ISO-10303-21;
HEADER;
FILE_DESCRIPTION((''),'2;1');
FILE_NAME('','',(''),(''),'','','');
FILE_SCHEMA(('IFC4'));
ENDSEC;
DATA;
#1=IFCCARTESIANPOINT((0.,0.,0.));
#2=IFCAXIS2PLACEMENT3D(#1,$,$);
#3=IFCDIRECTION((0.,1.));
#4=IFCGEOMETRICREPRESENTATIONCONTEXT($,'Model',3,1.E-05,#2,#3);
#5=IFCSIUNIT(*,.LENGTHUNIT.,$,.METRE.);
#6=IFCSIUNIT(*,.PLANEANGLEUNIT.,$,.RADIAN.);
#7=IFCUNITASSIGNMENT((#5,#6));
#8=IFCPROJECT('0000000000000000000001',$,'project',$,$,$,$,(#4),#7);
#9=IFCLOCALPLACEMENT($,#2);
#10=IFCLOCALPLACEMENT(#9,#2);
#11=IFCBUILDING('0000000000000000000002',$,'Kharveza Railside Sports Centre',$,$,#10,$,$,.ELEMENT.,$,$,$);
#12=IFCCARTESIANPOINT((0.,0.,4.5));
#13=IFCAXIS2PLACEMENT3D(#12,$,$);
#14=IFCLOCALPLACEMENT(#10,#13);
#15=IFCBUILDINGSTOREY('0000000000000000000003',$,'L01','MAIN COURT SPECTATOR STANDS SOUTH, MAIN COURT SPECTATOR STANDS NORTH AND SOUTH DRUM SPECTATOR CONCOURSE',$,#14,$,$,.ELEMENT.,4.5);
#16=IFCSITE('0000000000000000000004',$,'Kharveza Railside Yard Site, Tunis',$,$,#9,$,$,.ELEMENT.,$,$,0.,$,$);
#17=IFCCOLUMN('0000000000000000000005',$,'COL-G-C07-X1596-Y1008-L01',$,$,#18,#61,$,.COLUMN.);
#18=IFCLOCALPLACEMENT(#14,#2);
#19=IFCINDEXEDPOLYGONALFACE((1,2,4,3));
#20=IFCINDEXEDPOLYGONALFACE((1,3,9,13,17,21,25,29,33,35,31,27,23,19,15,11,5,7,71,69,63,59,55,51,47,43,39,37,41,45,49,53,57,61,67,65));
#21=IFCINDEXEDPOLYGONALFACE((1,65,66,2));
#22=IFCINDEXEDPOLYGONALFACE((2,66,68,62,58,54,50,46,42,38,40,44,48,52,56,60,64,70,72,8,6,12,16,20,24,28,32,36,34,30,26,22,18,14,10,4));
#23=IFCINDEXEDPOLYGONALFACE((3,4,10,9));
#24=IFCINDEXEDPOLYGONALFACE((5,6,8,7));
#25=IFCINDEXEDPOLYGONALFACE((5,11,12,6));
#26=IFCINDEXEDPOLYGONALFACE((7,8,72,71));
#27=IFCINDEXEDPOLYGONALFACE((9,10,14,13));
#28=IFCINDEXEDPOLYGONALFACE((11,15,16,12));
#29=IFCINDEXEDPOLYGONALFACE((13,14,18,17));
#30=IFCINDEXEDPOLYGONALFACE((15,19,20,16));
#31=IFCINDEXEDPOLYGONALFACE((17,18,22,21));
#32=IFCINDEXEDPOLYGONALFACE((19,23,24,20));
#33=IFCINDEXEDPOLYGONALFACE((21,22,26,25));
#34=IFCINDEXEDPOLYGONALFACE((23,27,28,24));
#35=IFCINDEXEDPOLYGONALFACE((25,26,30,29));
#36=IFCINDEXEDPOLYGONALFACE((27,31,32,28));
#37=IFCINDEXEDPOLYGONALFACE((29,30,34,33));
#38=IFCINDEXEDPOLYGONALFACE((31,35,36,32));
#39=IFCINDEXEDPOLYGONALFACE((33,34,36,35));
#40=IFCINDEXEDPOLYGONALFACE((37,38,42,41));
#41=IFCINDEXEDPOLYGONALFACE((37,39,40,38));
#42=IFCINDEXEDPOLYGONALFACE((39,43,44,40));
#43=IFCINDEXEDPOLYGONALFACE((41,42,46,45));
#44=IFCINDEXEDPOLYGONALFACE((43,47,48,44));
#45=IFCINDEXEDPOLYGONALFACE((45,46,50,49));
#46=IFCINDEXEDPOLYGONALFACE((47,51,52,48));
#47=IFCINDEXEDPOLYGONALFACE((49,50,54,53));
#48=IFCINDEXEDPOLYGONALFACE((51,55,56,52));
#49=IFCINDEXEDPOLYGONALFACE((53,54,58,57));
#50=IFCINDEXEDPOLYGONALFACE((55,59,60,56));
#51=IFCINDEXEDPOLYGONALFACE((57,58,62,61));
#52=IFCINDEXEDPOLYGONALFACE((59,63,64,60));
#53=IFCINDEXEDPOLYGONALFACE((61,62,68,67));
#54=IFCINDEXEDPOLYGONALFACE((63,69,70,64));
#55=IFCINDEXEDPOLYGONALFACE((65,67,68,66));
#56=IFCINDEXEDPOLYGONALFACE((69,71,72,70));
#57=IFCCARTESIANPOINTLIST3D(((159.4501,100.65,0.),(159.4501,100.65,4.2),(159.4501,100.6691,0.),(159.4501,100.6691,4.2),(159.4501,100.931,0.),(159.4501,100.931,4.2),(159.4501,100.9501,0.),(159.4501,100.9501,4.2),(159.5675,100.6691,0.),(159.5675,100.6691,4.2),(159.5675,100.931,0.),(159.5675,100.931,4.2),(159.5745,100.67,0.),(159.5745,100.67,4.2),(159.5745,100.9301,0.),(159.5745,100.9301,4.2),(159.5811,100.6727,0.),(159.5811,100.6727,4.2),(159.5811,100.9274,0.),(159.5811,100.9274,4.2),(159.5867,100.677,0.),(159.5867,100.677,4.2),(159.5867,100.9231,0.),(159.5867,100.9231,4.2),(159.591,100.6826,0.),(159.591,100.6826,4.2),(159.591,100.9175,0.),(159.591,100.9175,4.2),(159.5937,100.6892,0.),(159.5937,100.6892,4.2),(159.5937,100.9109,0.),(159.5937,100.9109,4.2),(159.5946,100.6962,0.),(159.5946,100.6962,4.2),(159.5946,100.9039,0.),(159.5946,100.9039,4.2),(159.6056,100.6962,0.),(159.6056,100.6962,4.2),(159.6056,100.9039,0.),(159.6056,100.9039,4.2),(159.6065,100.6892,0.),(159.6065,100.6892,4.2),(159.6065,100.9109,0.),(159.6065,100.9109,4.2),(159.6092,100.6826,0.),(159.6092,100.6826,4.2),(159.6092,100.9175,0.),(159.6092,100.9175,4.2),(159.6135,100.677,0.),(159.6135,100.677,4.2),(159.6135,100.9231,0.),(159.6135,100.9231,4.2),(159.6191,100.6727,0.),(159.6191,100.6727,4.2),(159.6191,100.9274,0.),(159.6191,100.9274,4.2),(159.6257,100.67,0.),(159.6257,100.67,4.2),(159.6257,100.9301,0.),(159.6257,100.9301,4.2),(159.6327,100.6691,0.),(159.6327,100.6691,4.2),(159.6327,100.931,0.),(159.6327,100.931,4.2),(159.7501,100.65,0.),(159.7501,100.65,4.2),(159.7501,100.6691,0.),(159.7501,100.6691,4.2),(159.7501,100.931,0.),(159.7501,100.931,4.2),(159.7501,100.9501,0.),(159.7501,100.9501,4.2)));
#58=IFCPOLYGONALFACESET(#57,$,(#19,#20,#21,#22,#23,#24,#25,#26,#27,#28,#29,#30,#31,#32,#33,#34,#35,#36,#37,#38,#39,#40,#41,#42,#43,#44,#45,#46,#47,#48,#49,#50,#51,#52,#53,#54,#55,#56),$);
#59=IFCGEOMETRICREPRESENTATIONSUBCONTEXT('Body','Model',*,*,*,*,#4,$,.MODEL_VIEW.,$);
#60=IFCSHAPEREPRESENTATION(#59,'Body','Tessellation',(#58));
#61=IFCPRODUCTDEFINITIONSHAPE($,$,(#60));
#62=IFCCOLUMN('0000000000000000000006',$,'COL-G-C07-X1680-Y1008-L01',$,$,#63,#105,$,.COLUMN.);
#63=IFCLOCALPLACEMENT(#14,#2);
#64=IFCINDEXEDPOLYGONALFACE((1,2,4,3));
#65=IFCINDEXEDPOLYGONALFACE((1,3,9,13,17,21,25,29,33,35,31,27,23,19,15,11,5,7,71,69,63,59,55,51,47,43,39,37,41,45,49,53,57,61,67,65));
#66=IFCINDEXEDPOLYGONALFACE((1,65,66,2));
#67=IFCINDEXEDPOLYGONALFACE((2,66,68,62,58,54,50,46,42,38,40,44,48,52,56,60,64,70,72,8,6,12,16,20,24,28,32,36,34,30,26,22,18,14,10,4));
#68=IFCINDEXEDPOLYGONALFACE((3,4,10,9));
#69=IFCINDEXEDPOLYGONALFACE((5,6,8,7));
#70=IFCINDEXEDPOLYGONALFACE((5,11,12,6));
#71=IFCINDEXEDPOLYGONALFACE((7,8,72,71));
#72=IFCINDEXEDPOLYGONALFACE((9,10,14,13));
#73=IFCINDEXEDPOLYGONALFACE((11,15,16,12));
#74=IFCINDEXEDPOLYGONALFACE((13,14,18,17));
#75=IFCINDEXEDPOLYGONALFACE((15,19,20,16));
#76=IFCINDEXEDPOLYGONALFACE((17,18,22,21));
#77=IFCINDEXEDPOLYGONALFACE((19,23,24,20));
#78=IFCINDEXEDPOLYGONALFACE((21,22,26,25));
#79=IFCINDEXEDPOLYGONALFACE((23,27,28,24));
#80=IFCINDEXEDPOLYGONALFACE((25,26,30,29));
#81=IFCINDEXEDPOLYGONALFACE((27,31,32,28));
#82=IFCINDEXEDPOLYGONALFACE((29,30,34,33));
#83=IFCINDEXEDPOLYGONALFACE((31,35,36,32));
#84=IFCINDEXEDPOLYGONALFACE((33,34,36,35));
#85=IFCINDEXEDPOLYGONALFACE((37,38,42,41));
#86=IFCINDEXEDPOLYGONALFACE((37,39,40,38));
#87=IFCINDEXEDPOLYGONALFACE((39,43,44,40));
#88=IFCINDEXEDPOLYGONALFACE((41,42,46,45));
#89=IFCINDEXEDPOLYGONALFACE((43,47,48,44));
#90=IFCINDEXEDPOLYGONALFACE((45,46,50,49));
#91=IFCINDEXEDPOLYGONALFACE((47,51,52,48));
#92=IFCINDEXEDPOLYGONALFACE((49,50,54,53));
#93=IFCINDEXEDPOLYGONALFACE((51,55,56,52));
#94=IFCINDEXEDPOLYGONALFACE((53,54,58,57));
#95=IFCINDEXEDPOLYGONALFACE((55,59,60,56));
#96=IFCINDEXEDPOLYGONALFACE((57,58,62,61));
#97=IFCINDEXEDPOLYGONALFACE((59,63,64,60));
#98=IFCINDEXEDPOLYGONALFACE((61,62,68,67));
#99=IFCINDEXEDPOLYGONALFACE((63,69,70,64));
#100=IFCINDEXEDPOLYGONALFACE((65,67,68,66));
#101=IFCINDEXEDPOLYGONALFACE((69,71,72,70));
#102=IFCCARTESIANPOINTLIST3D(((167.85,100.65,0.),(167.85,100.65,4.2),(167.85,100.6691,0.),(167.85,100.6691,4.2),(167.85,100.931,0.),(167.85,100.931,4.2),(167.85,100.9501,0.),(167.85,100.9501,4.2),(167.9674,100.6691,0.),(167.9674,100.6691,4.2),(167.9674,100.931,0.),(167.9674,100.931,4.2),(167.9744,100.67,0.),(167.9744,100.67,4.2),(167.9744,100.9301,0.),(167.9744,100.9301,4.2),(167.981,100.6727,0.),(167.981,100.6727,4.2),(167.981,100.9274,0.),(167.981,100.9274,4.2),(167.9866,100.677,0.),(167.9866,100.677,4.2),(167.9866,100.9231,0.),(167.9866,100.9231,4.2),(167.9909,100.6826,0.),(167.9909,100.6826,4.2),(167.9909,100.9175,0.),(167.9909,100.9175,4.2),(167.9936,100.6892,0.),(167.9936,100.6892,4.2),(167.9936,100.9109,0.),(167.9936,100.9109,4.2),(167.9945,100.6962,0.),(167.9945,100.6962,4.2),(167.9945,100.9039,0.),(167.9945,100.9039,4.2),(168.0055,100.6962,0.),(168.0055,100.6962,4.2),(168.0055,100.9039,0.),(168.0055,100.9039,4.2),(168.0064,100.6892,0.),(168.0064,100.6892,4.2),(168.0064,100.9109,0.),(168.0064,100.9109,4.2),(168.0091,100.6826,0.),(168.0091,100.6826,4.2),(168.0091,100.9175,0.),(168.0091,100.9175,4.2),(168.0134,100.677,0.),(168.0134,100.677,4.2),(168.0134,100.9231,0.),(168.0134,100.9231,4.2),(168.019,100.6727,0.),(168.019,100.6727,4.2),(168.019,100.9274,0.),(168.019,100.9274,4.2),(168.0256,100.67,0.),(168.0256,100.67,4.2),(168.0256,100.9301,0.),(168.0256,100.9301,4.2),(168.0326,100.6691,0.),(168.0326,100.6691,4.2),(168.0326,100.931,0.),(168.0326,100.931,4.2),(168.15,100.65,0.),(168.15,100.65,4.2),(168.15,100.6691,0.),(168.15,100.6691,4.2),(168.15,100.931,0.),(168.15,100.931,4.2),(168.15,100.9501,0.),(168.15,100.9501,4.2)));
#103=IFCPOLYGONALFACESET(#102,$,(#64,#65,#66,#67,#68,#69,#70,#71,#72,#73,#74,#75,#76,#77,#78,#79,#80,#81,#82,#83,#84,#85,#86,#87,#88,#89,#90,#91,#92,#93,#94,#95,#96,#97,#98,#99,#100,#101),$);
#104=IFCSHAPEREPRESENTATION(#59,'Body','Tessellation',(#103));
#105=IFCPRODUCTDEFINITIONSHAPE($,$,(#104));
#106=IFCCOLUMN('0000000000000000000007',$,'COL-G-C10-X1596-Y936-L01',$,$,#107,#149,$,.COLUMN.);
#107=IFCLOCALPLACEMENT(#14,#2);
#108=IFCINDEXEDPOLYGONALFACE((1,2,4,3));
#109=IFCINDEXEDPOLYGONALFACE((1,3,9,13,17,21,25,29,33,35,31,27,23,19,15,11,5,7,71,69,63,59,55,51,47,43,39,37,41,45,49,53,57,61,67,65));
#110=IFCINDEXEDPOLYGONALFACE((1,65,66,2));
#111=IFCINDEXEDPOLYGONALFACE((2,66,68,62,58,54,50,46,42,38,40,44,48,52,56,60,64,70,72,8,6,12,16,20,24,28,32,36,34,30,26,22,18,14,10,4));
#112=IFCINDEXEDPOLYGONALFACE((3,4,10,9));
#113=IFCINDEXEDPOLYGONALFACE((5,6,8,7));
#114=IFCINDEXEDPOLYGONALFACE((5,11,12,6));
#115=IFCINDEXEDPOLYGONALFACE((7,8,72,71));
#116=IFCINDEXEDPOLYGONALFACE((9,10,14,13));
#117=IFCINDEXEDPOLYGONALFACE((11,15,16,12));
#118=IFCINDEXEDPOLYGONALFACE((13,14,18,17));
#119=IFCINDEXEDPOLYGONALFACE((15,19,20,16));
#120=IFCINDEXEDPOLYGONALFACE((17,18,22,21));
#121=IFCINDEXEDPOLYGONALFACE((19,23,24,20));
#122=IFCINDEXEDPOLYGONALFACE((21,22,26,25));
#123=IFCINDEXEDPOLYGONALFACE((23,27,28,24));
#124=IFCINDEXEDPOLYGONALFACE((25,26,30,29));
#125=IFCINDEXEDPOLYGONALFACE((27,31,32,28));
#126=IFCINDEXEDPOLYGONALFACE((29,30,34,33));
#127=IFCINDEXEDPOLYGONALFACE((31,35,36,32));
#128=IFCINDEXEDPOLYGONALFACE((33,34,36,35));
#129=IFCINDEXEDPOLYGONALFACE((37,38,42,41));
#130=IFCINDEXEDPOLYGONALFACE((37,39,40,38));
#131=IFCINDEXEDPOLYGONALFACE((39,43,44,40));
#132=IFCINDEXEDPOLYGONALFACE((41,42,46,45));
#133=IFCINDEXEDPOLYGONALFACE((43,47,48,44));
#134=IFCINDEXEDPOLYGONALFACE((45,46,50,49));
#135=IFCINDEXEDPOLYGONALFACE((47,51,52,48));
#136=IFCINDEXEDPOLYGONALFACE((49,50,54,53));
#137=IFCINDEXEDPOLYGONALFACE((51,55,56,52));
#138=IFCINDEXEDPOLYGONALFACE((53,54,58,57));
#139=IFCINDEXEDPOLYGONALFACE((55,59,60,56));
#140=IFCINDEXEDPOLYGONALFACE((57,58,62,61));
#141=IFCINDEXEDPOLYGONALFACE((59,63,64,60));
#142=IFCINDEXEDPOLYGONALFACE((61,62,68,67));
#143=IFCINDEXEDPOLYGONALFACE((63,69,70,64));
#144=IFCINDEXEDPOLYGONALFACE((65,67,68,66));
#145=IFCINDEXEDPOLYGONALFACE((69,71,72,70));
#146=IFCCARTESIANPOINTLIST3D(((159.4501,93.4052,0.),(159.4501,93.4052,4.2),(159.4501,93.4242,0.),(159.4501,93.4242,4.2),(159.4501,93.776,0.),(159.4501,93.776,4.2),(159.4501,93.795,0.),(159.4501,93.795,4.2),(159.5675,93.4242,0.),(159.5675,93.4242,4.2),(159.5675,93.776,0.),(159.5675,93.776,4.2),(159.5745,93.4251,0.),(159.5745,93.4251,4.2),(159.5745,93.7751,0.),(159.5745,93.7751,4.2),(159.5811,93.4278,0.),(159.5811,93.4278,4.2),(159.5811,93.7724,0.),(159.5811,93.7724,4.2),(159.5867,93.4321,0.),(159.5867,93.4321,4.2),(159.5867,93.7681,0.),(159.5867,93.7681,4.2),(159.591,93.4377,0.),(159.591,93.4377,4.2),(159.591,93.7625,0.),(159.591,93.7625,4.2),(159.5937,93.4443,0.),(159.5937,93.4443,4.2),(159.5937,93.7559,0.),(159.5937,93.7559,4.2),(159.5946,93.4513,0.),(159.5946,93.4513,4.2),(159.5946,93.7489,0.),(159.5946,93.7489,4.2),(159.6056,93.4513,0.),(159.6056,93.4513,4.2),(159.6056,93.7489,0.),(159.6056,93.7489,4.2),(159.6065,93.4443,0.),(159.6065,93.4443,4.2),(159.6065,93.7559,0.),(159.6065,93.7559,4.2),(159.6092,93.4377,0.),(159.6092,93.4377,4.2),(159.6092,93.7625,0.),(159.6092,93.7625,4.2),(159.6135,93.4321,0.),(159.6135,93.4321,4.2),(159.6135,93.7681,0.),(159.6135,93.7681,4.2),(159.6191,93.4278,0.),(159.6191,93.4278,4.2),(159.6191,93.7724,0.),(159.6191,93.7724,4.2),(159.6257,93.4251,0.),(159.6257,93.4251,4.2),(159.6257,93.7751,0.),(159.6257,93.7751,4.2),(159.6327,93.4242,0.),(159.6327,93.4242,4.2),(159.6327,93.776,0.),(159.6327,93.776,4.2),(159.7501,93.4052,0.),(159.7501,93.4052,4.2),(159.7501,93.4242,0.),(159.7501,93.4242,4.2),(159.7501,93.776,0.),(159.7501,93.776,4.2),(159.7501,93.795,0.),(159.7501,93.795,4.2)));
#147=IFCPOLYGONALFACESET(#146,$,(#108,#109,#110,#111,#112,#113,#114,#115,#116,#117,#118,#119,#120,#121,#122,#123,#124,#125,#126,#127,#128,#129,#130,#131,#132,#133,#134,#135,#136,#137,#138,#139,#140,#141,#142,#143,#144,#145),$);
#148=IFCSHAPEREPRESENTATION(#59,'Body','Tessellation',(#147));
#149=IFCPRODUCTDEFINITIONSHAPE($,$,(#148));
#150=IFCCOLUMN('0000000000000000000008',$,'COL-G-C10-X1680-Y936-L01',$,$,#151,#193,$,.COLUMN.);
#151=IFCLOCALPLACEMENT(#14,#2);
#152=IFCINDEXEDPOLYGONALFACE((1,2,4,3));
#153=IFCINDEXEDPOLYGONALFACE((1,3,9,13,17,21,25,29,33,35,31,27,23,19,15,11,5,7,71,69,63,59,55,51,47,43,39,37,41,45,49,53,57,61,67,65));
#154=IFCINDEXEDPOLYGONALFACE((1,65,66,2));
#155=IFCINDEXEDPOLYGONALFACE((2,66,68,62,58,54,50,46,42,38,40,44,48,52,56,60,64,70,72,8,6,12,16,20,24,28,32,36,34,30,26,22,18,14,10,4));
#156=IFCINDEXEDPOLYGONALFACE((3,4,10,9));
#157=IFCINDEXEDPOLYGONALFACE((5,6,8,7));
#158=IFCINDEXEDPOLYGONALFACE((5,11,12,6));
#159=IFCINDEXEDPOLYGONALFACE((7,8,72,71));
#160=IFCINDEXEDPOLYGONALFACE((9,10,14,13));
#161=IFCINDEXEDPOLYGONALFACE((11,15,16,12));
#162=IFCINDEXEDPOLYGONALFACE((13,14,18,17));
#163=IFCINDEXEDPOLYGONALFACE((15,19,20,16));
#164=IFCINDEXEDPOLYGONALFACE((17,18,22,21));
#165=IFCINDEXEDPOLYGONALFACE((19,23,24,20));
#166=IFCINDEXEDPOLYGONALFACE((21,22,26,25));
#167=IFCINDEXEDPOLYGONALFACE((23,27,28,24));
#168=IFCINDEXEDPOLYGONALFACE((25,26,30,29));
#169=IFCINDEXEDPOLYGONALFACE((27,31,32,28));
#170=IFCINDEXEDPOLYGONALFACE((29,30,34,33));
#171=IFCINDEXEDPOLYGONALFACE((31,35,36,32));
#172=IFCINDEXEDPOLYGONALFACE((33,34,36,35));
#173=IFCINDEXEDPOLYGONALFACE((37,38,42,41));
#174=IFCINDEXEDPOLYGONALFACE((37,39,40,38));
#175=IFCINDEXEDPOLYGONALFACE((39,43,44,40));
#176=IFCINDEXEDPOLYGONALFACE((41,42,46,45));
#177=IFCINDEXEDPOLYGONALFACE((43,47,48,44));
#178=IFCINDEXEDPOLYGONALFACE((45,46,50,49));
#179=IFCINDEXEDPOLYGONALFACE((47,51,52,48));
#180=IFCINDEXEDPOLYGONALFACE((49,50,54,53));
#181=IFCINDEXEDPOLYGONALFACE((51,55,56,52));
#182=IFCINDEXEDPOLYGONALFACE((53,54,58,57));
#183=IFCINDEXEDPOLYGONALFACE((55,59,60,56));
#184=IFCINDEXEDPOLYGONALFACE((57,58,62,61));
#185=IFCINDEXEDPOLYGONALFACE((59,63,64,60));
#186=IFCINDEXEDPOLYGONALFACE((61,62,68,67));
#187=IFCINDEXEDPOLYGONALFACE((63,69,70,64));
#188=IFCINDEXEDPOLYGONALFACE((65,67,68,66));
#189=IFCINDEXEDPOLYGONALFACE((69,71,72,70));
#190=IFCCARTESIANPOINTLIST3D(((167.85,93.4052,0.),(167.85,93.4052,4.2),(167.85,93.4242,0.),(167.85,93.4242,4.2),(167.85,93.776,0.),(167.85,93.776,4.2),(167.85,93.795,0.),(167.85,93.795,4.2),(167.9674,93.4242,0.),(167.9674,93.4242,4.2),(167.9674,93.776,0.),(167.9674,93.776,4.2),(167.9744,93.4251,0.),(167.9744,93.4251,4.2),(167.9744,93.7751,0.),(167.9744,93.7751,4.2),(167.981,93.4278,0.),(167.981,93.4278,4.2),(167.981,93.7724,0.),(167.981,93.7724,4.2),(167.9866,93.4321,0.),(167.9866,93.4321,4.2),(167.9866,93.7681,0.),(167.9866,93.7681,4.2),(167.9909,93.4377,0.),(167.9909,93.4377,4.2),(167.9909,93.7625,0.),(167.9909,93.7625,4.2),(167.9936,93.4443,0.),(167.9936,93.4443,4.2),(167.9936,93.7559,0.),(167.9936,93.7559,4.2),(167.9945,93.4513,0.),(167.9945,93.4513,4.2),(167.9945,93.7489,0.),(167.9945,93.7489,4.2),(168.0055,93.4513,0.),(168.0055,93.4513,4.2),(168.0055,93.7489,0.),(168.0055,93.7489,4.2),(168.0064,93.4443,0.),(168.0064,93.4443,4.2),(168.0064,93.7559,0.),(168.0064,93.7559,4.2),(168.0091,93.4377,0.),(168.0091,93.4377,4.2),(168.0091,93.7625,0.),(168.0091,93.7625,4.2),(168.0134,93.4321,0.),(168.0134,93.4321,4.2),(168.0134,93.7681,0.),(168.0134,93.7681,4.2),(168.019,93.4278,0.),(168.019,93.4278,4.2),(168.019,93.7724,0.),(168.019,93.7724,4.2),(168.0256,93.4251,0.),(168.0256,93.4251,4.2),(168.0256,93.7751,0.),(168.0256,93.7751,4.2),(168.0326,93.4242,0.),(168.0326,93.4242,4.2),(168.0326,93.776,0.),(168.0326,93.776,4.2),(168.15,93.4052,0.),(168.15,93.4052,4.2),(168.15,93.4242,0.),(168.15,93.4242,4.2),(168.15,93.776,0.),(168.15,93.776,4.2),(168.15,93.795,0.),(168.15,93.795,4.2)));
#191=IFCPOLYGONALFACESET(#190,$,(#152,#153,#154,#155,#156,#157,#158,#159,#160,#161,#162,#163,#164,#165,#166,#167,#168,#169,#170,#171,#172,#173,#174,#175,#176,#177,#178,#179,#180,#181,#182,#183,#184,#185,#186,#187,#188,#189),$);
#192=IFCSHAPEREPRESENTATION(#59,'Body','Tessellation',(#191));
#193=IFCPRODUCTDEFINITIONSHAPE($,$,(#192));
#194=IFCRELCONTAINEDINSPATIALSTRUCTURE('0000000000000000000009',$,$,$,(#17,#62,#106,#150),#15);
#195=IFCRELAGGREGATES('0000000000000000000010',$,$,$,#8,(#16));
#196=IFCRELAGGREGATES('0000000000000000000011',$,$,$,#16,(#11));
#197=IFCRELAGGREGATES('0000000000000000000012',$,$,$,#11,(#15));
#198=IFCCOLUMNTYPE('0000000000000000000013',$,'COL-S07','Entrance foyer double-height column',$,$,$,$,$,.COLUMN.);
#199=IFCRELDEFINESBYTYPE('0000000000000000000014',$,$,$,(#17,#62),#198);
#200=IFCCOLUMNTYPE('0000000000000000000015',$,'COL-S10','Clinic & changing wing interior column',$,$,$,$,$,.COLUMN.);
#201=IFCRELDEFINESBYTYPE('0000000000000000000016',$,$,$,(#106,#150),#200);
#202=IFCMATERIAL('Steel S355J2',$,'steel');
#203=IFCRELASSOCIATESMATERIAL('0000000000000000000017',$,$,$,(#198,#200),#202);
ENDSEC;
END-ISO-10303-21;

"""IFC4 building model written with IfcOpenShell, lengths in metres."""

from ifc_helpers import new_model, si_unit, direction, frame, origin, origin_2d, place, context, subcontext, project, spatial, i_section, extrude, material, material_profile, profile_set, type_object, element, save


model = new_model("IFC4")

# Units and contexts
model_context = context("Model", 3, precision=1e-05, world=origin(), true_north=direction((0.0, 1.0)))
body_context = subcontext(model_context, "Body", "Model", "MODEL_VIEW")
ifc_project = project(units=[si_unit("LENGTHUNIT", "METRE"), si_unit("PLANEANGLEUNIT", "RADIAN")], contexts=[model_context])

# Site, building, storey
site_placement = place(None, origin())
site = spatial("IfcSite", under=ifc_project, at=site_placement, Name="Kharveza Railside Yard Site, Tunis", CompositionType="ELEMENT", RefElevation=0.0)
building_placement = place(site_placement, origin())
building = spatial("IfcBuilding", under=site, at=building_placement, Name="Kharveza Railside Sports Centre", CompositionType="ELEMENT")
storey_placement = place(building_placement, frame((0.0, 0.0, 4.5)))
storey = spatial("IfcBuildingStorey", under=building, at=storey_placement, Name="L01", Description="MAIN COURT SPECTATOR STANDS SOUTH, MAIN COURT SPECTATOR STANDS NORTH AND SOUTH DRUM SPECTATOR CONCOURSE", CompositionType="ELEMENT", Elevation=4.5)

# Columns
ifc_material_1 = material(Name="Steel S355J2", Category="steel")
ifc_material_profile_1 = material_profile(ifc_material_1, i_section(OverallWidth=0.3, OverallDepth=0.3, WebThickness=0.011, FlangeThickness=0.019, FilletRadius=0.0271, at=origin_2d()), Name="HEB 300")
ifc_profile_set_1 = profile_set([ifc_material_profile_1], Name="Steel S355J2")
column_type_1 = type_object("IfcColumnType", Name="COL-S07", Description="Entrance foyer double-height column", PredefinedType="COLUMN", material=ifc_profile_set_1)
for number, where, z_axis, x_axis, name in (
    (1, (159.6001, 100.8, 0.0), (0.0, 0.0, 1.0), (1.0, 0.0, 0.0), "COL-G-C07-X1596-Y1008-L01"),
    (2, (168.0, 100.8, 0.0), (0.0, 0.0, 1.0), (1.0, 0.0, 0.0), "COL-G-C07-X1680-Y1008-L01"),
):
    element("IfcColumn", number, at=place(storey_placement, frame(where, z_axis=z_axis, x_axis=x_axis)), inside=storey, type_object=column_type_1, Name=name, PredefinedType="COLUMN", context=body_context, shape_type="SweptSolid", body=[
        extrude(i_section(OverallWidth=0.3, OverallDepth=0.3, WebThickness=0.011, FlangeThickness=0.019, FilletRadius=0.0271, at=origin_2d()), origin(), (0.0, 0.0, 1.0), 4.2),
    ])
ifc_material_profile_2 = material_profile(ifc_material_1, i_section(OverallWidth=0.3, OverallDepth=0.3899, WebThickness=0.011, FlangeThickness=0.019, FilletRadius=0.0271, at=origin_2d()), Name="HEA 400")
ifc_profile_set_2 = profile_set([ifc_material_profile_2], Name="Steel S355J2")
column_type_2 = type_object("IfcColumnType", Name="COL-S10", Description="Clinic & changing wing interior column", PredefinedType="COLUMN", material=ifc_profile_set_2)
for number, where, z_axis, x_axis, name in (
    (3, (159.6001, 93.6001, 0.0), (0.0, 0.0, 1.0), (1.0, 0.0, 0.0), "COL-G-C10-X1596-Y936-L01"),
    (4, (168.0, 93.6001, 0.0), (0.0, 0.0, 1.0), (1.0, 0.0, 0.0), "COL-G-C10-X1680-Y936-L01"),
):
    element("IfcColumn", number, at=place(storey_placement, frame(where, z_axis=z_axis, x_axis=x_axis)), inside=storey, type_object=column_type_2, Name=name, PredefinedType="COLUMN", context=body_context, shape_type="SweptSolid", body=[
        extrude(i_section(OverallWidth=0.3, OverallDepth=0.3899, WebThickness=0.011, FlangeThickness=0.019, FilletRadius=0.0271, at=origin_2d()), origin(), (0.0, 0.0, 1.0), 4.2),
    ])

save(model, "model.ifc")
